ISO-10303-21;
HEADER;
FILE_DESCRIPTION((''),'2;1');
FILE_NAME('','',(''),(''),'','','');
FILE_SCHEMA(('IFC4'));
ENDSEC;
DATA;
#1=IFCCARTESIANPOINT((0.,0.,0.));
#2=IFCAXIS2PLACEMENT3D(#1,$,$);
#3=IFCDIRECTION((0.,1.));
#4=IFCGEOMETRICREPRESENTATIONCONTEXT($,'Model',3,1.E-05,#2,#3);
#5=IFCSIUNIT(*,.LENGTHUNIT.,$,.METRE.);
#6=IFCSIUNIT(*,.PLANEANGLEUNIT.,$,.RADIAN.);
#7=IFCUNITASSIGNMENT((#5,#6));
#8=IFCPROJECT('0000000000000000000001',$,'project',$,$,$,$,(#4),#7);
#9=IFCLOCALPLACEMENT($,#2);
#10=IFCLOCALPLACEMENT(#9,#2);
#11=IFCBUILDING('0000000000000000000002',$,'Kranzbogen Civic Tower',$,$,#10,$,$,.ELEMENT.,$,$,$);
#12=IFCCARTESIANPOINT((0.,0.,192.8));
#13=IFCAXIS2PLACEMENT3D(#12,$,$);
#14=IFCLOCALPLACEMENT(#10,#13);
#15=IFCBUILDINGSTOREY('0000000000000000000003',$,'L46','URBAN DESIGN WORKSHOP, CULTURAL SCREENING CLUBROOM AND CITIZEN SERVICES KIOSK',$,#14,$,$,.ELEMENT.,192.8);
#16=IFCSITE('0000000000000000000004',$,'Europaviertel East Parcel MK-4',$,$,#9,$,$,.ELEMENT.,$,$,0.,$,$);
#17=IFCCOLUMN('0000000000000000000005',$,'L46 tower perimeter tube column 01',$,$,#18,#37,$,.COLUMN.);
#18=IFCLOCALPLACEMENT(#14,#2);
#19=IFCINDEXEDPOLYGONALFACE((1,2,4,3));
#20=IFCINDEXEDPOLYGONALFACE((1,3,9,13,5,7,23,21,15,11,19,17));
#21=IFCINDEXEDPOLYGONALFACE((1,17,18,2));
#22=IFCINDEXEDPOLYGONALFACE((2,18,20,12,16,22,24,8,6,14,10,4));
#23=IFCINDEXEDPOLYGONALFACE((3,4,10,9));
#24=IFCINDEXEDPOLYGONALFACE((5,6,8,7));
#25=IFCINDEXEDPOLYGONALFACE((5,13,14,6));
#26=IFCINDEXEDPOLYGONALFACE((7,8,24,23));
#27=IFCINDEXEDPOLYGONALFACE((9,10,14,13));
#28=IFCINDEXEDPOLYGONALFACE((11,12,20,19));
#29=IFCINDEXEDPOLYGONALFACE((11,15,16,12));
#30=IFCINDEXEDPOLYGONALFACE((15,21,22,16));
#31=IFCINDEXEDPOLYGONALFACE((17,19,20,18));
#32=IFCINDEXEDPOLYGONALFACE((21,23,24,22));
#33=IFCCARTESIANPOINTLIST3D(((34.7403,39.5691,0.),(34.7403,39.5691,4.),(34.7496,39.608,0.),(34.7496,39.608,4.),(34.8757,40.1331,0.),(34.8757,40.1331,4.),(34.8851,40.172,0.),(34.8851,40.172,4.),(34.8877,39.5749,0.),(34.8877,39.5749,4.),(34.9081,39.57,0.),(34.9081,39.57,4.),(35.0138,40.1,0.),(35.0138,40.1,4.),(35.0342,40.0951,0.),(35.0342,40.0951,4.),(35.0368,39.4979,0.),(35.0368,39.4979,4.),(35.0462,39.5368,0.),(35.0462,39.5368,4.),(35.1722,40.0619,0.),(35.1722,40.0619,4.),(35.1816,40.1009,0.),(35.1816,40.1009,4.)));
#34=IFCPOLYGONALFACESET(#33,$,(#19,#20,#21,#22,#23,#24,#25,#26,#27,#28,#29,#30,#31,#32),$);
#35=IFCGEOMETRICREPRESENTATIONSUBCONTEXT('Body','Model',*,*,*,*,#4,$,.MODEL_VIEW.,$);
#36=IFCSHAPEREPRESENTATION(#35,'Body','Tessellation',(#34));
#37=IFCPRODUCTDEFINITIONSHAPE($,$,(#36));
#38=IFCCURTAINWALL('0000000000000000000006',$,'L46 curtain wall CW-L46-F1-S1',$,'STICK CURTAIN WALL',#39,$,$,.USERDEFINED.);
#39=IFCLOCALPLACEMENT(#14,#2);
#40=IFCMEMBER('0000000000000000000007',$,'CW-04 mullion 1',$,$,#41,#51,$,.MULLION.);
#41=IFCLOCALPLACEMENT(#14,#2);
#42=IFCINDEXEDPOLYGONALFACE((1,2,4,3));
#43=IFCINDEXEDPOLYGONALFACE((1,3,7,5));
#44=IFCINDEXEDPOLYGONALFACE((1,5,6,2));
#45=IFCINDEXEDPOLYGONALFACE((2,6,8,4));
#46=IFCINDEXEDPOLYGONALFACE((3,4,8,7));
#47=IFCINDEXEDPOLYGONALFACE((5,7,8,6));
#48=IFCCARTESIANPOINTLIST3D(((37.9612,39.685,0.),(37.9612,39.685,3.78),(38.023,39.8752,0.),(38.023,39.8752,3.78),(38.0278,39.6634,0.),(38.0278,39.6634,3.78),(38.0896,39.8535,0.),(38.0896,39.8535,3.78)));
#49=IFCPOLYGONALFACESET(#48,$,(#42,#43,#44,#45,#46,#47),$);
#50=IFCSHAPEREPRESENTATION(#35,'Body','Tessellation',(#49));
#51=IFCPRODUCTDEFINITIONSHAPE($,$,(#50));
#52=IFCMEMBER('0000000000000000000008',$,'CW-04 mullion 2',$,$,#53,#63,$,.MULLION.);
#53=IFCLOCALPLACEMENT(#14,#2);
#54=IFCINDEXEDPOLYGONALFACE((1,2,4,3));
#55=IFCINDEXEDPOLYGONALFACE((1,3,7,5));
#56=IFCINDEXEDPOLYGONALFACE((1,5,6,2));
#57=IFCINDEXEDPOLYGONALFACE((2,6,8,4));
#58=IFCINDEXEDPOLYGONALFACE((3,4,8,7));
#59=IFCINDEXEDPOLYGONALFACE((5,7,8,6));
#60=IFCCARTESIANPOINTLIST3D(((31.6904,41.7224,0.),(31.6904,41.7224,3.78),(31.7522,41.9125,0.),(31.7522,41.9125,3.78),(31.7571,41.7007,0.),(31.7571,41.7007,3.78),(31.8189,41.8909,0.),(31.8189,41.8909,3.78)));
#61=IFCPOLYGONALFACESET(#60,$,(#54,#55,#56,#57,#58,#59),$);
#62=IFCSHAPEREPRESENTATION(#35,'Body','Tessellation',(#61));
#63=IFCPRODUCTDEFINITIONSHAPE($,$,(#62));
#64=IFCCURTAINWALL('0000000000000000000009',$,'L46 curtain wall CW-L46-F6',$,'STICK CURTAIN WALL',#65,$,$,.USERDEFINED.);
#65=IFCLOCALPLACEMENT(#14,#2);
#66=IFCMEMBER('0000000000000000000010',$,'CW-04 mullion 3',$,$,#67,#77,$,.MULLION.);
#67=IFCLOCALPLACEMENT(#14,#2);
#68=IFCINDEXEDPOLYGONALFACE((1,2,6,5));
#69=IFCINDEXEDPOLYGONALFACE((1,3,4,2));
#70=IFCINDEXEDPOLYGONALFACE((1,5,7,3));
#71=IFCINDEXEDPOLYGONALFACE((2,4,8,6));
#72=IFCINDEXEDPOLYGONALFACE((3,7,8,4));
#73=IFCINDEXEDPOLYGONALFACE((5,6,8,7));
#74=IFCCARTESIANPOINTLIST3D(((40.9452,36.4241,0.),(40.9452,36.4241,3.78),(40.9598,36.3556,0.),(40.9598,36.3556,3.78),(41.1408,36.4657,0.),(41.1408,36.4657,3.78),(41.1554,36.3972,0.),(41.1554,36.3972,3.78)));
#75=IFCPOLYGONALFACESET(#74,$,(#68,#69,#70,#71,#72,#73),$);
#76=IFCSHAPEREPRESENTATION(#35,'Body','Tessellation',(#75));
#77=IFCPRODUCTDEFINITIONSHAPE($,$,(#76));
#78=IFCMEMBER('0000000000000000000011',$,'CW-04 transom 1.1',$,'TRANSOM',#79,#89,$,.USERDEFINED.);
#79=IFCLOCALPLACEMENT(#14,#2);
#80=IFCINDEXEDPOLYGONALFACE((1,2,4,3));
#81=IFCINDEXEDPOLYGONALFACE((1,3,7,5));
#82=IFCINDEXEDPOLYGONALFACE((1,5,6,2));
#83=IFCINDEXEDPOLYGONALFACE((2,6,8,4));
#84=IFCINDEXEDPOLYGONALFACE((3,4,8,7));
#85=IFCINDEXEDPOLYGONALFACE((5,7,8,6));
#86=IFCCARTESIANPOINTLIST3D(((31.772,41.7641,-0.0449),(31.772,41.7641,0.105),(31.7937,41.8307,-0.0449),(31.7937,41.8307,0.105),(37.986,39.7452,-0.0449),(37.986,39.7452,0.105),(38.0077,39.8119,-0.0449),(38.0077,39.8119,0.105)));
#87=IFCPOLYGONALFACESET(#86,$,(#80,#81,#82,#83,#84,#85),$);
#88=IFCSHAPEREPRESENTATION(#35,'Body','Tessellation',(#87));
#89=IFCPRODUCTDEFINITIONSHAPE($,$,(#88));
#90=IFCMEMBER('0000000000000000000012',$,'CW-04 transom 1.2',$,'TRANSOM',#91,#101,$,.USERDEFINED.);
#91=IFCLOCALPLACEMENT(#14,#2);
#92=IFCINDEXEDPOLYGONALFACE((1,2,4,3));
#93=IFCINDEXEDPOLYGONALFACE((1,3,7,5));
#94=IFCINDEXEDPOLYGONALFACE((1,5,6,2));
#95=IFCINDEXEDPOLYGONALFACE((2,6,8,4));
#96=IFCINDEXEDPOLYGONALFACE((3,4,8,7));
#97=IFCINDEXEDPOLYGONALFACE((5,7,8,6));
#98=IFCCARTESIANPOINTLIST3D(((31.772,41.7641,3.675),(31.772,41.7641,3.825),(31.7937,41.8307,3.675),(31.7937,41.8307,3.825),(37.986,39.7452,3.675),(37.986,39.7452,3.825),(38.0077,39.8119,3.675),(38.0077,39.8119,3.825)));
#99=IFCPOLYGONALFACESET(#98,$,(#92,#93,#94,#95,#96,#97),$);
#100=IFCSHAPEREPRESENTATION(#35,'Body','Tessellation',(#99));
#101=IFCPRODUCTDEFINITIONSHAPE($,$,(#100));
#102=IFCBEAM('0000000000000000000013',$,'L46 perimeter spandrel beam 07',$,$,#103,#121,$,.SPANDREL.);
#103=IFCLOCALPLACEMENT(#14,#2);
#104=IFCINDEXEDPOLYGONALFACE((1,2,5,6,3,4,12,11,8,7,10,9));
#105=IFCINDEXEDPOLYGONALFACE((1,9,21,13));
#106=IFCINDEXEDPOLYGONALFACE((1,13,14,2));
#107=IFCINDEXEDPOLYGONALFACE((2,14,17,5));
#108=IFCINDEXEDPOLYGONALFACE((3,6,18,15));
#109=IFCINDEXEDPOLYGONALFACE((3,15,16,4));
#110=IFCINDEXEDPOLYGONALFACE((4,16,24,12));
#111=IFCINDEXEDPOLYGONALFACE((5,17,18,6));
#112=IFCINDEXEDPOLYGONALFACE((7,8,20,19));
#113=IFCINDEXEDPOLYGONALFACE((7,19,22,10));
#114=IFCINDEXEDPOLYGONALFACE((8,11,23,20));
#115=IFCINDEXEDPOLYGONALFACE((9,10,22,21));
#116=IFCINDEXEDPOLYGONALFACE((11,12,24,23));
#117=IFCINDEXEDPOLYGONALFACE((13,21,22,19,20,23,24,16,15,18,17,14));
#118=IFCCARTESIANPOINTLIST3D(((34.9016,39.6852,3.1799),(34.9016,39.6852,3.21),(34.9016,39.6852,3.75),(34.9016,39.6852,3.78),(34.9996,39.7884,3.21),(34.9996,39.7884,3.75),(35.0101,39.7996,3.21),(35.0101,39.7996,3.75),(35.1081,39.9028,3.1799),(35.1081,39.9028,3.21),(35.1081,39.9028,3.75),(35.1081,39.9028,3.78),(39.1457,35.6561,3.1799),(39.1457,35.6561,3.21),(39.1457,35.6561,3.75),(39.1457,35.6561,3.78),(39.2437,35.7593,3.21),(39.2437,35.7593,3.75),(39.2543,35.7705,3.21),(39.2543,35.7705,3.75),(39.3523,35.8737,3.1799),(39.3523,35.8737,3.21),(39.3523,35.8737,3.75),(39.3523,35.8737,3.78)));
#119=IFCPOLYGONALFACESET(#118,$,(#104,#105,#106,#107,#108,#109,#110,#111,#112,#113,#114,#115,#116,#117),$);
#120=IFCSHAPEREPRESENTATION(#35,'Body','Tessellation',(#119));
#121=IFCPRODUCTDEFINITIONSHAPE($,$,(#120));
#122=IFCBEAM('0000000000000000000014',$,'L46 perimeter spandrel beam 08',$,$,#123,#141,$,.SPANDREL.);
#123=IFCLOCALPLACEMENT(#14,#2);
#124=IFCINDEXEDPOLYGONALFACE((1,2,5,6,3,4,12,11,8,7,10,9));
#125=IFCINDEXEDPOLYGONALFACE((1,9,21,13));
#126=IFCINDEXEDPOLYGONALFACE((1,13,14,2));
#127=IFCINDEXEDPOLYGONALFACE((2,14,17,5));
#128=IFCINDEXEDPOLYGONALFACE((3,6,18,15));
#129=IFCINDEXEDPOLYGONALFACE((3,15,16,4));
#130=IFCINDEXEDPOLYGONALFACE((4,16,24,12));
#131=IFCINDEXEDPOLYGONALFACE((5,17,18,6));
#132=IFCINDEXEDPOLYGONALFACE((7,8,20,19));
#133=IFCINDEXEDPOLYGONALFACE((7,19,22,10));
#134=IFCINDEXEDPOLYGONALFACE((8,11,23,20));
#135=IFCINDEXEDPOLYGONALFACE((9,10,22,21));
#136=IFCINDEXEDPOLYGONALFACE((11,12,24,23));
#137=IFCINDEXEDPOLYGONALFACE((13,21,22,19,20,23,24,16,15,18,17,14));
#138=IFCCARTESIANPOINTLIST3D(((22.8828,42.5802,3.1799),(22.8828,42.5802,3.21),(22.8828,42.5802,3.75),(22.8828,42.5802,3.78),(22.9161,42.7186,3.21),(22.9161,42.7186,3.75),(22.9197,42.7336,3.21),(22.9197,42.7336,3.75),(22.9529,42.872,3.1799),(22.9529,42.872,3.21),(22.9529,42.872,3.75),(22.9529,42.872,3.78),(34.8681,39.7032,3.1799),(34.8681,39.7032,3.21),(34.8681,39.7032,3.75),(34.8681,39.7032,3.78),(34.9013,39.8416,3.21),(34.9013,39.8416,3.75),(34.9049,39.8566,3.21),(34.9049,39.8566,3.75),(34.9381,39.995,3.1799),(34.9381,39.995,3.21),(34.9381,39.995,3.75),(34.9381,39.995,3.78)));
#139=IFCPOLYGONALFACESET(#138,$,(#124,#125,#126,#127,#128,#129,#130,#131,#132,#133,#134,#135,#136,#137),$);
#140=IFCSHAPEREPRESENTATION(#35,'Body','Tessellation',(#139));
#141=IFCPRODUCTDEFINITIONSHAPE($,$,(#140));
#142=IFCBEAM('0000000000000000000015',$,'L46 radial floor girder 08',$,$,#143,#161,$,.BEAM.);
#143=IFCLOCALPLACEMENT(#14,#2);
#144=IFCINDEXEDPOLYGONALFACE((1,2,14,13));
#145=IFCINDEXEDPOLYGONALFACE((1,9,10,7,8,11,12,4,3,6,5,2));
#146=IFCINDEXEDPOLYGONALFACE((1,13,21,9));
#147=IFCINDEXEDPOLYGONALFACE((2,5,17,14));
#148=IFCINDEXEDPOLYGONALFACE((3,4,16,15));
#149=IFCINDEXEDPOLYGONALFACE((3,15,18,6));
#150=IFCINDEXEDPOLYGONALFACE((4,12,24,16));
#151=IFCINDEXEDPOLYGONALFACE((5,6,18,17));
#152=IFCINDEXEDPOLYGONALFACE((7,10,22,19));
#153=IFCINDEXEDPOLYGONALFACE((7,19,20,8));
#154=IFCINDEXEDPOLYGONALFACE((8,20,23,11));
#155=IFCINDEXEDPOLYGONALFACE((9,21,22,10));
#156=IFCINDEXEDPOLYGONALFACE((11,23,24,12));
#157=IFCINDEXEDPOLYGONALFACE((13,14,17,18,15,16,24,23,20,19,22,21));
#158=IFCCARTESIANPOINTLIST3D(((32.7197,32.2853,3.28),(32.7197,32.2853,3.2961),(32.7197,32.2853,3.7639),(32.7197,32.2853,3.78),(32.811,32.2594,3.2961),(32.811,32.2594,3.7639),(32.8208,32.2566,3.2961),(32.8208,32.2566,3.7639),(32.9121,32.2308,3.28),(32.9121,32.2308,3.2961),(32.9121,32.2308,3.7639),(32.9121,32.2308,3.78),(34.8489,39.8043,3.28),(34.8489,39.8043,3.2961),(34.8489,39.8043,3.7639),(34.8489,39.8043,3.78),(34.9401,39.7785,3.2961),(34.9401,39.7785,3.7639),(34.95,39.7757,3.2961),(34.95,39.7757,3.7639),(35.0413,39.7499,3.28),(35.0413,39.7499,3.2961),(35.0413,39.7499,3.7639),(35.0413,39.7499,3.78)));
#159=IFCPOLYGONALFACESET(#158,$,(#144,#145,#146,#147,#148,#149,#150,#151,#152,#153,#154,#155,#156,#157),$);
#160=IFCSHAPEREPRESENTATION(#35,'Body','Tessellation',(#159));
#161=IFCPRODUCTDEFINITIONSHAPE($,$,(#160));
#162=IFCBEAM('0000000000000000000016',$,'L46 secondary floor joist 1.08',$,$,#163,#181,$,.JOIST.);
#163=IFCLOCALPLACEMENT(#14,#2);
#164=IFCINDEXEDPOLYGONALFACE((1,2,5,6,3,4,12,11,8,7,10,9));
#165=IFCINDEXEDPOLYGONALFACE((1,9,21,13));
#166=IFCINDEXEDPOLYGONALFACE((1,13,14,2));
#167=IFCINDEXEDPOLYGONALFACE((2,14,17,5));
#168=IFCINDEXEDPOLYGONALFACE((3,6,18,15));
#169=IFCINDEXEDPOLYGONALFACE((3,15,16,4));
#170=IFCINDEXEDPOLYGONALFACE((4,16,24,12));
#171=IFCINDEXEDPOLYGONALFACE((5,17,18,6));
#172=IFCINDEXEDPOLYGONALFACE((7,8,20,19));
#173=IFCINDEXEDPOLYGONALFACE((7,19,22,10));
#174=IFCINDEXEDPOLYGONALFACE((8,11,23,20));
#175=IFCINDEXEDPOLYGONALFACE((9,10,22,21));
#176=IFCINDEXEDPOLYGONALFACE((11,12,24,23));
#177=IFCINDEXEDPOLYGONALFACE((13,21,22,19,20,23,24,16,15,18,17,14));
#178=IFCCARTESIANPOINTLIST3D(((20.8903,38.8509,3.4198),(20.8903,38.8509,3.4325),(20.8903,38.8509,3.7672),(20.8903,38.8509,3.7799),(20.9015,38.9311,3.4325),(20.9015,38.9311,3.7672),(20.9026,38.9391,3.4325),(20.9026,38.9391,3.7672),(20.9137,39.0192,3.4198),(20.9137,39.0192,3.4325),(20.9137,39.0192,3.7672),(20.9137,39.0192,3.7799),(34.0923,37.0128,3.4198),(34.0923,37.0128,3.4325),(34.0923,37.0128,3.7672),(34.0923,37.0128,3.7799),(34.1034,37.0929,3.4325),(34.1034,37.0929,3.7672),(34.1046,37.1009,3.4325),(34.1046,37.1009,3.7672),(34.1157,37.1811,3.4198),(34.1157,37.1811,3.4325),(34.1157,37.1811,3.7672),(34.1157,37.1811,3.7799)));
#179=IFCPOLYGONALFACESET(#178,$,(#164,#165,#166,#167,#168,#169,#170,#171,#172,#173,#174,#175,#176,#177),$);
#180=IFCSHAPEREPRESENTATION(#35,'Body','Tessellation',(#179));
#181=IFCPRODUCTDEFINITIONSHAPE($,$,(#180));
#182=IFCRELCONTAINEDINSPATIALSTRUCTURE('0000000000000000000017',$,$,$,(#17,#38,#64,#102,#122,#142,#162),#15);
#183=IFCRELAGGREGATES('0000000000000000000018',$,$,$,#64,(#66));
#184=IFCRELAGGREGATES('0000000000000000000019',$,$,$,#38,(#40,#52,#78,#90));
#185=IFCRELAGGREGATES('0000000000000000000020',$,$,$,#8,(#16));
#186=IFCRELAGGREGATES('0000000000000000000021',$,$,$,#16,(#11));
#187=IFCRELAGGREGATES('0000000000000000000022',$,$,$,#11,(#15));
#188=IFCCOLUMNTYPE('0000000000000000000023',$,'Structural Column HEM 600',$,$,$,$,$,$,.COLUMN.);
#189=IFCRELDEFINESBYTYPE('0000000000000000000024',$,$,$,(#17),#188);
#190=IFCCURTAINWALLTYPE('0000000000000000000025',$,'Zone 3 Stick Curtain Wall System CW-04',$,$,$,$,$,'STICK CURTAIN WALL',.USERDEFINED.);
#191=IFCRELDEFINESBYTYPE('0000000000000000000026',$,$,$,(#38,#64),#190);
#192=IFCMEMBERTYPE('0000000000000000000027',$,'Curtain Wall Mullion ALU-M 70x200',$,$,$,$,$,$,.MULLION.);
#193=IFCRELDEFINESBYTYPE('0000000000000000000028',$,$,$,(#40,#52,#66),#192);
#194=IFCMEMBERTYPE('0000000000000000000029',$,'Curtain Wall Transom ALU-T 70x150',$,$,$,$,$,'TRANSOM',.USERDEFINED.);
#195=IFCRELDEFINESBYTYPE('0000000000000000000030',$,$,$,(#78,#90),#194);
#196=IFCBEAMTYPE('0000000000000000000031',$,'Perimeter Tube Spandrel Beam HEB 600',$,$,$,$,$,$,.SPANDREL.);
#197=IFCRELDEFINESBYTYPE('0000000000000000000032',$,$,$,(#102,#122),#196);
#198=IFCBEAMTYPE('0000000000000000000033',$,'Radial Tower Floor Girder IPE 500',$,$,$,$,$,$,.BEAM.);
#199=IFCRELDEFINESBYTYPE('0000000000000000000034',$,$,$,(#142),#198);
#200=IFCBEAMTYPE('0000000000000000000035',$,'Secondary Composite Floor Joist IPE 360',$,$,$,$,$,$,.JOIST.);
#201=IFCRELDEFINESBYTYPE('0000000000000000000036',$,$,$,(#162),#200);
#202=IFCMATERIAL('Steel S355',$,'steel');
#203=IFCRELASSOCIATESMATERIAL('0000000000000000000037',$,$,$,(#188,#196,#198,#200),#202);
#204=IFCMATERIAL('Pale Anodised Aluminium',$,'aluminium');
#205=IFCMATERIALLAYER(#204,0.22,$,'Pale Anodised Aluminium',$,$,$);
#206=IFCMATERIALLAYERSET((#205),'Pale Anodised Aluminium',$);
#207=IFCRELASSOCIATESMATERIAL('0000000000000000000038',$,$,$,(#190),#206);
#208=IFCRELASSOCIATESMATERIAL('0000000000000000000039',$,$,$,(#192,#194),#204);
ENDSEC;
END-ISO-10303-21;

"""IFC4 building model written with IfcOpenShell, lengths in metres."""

from ifc_helpers import new_model, si_unit, direction, frame, origin, origin_2d, place, context, subcontext, project, spatial, rectangle, i_section, extrude, material, layer, layer_set, material_profile, profile_set, type_object, element, aggregate, save


model = new_model("IFC4")

# Units and contexts
model_context = context("Model", 3, precision=1e-05, world=origin(), true_north=direction((0.0, 1.0)))
body_context = subcontext(model_context, "Body", "Model", "MODEL_VIEW")
ifc_project = project(units=[si_unit("LENGTHUNIT", "METRE"), si_unit("PLANEANGLEUNIT", "RADIAN")], contexts=[model_context])

# Site, building, storey
site_placement = place(None, origin())
site = spatial("IfcSite", under=ifc_project, at=site_placement, Name="Europaviertel East Parcel MK-4", CompositionType="ELEMENT", RefElevation=0.0)
building_placement = place(site_placement, origin())
building = spatial("IfcBuilding", under=site, at=building_placement, Name="Kranzbogen Civic Tower", CompositionType="ELEMENT")
storey_placement = place(building_placement, frame((0.0, 0.0, 192.8)))
storey = spatial("IfcBuildingStorey", under=building, at=storey_placement, Name="L46", Description="URBAN DESIGN WORKSHOP, CULTURAL SCREENING CLUBROOM AND CITIZEN SERVICES KIOSK", CompositionType="ELEMENT", Elevation=192.8)

# Column
ifc_material_1 = material(Name="Steel S355", Category="steel")
ifc_material_profile_1 = material_profile(ifc_material_1, i_section(OverallWidth=0.3049, OverallDepth=0.6201, WebThickness=0.021, FlangeThickness=0.04, at=origin_2d()), Name="HEM 600")
ifc_profile_set_1 = profile_set([ifc_material_profile_1], Name="Steel S355")
column_type = type_object("IfcColumnType", Name="Structural Column HEM 600", PredefinedType="COLUMN", material=ifc_profile_set_1)
column_placement = place(storey_placement, frame((34.9609, 39.835, 0.0), z_axis=(0.0, 0.0, 1.0), x_axis=(-0.97237, 0.233445, 0.0)))
element("IfcColumn", 1, at=column_placement, inside=storey, type_object=column_type, Name="L46 tower perimeter tube column 01", PredefinedType="COLUMN", context=body_context, shape_type="SweptSolid", body=[
    extrude(i_section(OverallWidth=0.3049, OverallDepth=0.6201, WebThickness=0.021, FlangeThickness=0.04, at=origin_2d()), origin(), (0.0, 0.0, 1.0), 4.0),
])

# Curtain wall, members
ifc_material_2 = material(Name="Pale Anodised Aluminium", Category="aluminium")
ifc_layer_1 = layer(ifc_material_2, 0.22, Name="Pale Anodised Aluminium")
ifc_layer_set_1 = layer_set([ifc_layer_1], Name="Pale Anodised Aluminium")
curtain_wall_type = type_object("IfcCurtainWallType", Name="Zone 3 Stick Curtain Wall System CW-04", ElementType="STICK CURTAIN WALL", PredefinedType="USERDEFINED", material=ifc_layer_set_1)
curtain_wall_1_placement = place(storey_placement, origin())
curtain_wall_1 = element("IfcCurtainWall", 2, at=curtain_wall_1_placement, inside=storey, type_object=curtain_wall_type, Name="L46 curtain wall CW-L46-F1-S1", ObjectType="STICK CURTAIN WALL", PredefinedType="USERDEFINED")
ifc_material_profile_2 = material_profile(ifc_material_2, rectangle(XDim=0.0701, YDim=0.2, at=origin_2d()), Name="ALU-M 70x200")
ifc_profile_set_2 = profile_set([ifc_material_profile_2], Name="Pale Anodised Aluminium")
member_type_1 = type_object("IfcMemberType", Name="Curtain Wall Mullion ALU-M 70x200", PredefinedType="MULLION", material=ifc_profile_set_2)
member_1_placement = place(storey_placement, frame((38.0254, 39.7693, 0.0), z_axis=(0.0, 0.0, 1.0), x_axis=(-0.951061, 0.309005, 0.0)))
member_1 = element("IfcMember", 3, at=member_1_placement, type_object=member_type_1, Name="CW-04 mullion 1", PredefinedType="MULLION", context=body_context, shape_type="SweptSolid", body=[
    extrude(rectangle(XDim=0.0701, YDim=0.2, at=origin_2d()), origin(), (0.0, 0.0, 1.0), 3.78),
])
member_2_placement = place(storey_placement, frame((31.7546, 41.8066, 0.0), z_axis=(0.0, 0.0, 1.0), x_axis=(-0.951061, 0.309005, 0.0)))
member_2 = element("IfcMember", 4, at=member_2_placement, type_object=member_type_1, Name="CW-04 mullion 2", PredefinedType="MULLION", context=body_context, shape_type="SweptSolid", body=[
    extrude(rectangle(XDim=0.0701, YDim=0.2, at=origin_2d()), origin(), (0.0, 0.0, 1.0), 3.78),
])

# Curtain wall, member
curtain_wall_2_placement = place(storey_placement, origin())
curtain_wall_2 = element("IfcCurtainWall", 5, at=curtain_wall_2_placement, inside=storey, type_object=curtain_wall_type, Name="L46 curtain wall CW-L46-F6", ObjectType="STICK CURTAIN WALL", PredefinedType="USERDEFINED")
member_3_placement = place(storey_placement, frame((41.0503, 36.4106, 0.0), z_axis=(0.0, 0.0, 1.0), x_axis=(-0.207916, 0.978147, 0.0)))
member_3 = element("IfcMember", 6, at=member_3_placement, type_object=member_type_1, Name="CW-04 mullion 3", PredefinedType="MULLION", context=body_context, shape_type="SweptSolid", body=[
    extrude(rectangle(XDim=0.0701, YDim=0.2, at=origin_2d()), origin(), (0.0, 0.0, 1.0), 3.78),
])
aggregate(curtain_wall_2, [member_3])

# Members
ifc_material_profile_3 = material_profile(ifc_material_2, rectangle(XDim=0.0701, YDim=0.1499, at=origin_2d()), Name="ALU-T 70x150")
ifc_profile_set_3 = profile_set([ifc_material_profile_3], Name="Pale Anodised Aluminium")
member_type_2 = type_object("IfcMemberType", Name="Curtain Wall Transom ALU-T 70x150", ElementType="TRANSOM", PredefinedType="USERDEFINED", material=ifc_profile_set_3)
member_4_placement = place(storey_placement, frame((37.9968, 39.7786, 0.03), z_axis=(-0.951066, 0.308988, 0.0), x_axis=(-0.308988, -0.951066, 0.0)))
member_4 = element("IfcMember", 7, at=member_4_placement, type_object=member_type_2, Name="CW-04 transom 1.1", ObjectType="TRANSOM", PredefinedType="USERDEFINED", context=body_context, shape_type="SweptSolid", body=[
    extrude(rectangle(XDim=0.0701, YDim=0.1499, at=origin_2d()), origin(), (0.0, 0.0, 1.0), 6.5337),
])
member_5_placement = place(storey_placement, frame((37.9968, 39.7786, 3.75), z_axis=(-0.951066, 0.308988, 0.0), x_axis=(-0.308988, -0.951066, 0.0)))
member_5 = element("IfcMember", 8, at=member_5_placement, type_object=member_type_2, Name="CW-04 transom 1.2", ObjectType="TRANSOM", PredefinedType="USERDEFINED", context=body_context, shape_type="SweptSolid", body=[
    extrude(rectangle(XDim=0.0701, YDim=0.1499, at=origin_2d()), origin(), (0.0, 0.0, 1.0), 6.5337),
])

# Beams
ifc_material_profile_4 = material_profile(ifc_material_1, i_section(OverallWidth=0.3, OverallDepth=0.6001, WebThickness=0.0154, FlangeThickness=0.03, at=origin_2d()), Name="HEB 600")
ifc_profile_set_4 = profile_set([ifc_material_profile_4], Name="Steel S355")
beam_type_1 = type_object("IfcBeamType", Name="Perimeter Tube Spandrel Beam HEB 600", PredefinedType="SPANDREL", material=ifc_profile_set_4)
beam_1_placement = place(storey_placement, frame((39.249, 35.7649, 3.48), z_axis=(-0.725245, 0.688491, 0.0), x_axis=(-0.688491, -0.725245, 0.0)))
element("IfcBeam", 9, at=beam_1_placement, inside=storey, type_object=beam_type_1, Name="L46 perimeter spandrel beam 07", PredefinedType="SPANDREL", context=body_context, shape_type="SweptSolid", body=[
    extrude(i_section(OverallWidth=0.3, OverallDepth=0.6001, WebThickness=0.0154, FlangeThickness=0.03, at=origin_2d()), origin(), (0.0, 0.0, 1.0), 5.8521),
])
beam_2_placement = place(storey_placement, frame((34.9031, 39.8491, 3.48), z_axis=(-0.972378, 0.233413, 0.0), x_axis=(-0.233413, -0.972378, 0.0)))
element("IfcBeam", 10, at=beam_2_placement, inside=storey, type_object=beam_type_1, Name="L46 perimeter spandrel beam 08", PredefinedType="SPANDREL", context=body_context, shape_type="SweptSolid", body=[
    extrude(i_section(OverallWidth=0.3, OverallDepth=0.6001, WebThickness=0.0154, FlangeThickness=0.03, at=origin_2d()), origin(), (0.0, 0.0, 1.0), 12.3257),
])
ifc_material_profile_5 = material_profile(ifc_material_1, i_section(OverallWidth=0.2, OverallDepth=0.5, WebThickness=0.0103, FlangeThickness=0.0161, at=origin_2d()), Name="IPE 500")
ifc_profile_set_5 = profile_set([ifc_material_profile_5], Name="Steel S355")
beam_type_2 = type_object("IfcBeamType", Name="Radial Tower Floor Girder IPE 500", PredefinedType="BEAM", material=ifc_profile_set_5)
beam_3_placement = place(storey_placement, frame((34.9451, 39.7771, 3.53), z_axis=(-0.272455, -0.962169, 0.0), x_axis=(0.962169, -0.272455, 0.0)))
element("IfcBeam", 11, at=beam_3_placement, inside=storey, type_object=beam_type_2, Name="L46 radial floor girder 08", PredefinedType="BEAM", context=body_context, shape_type="SweptSolid", body=[
    extrude(i_section(OverallWidth=0.2, OverallDepth=0.5, WebThickness=0.0103, FlangeThickness=0.0161, at=origin_2d()), origin(), (0.0, 0.0, 1.0), 7.8147),
])
ifc_material_profile_6 = material_profile(ifc_material_1, i_section(OverallWidth=0.1699, OverallDepth=0.3601, WebThickness=0.0081, FlangeThickness=0.0127, at=origin_2d()), Name="IPE 360")
ifc_profile_set_6 = profile_set([ifc_material_profile_6], Name="Steel S355")
beam_type_3 = type_object("IfcBeamType", Name="Secondary Composite Floor Joist IPE 360", PredefinedType="JOIST", material=ifc_profile_set_6)
beam_4_placement = place(storey_placement, frame((34.104, 37.0969, 3.5999), z_axis=(-0.990446, 0.137902, 0.0), x_axis=(-0.137902, -0.990446, 0.0)))
element("IfcBeam", 12, at=beam_4_placement, inside=storey, type_object=beam_type_3, Name="L46 secondary floor joist 1.08", PredefinedType="JOIST", context=body_context, shape_type="SweptSolid", body=[
    extrude(i_section(OverallWidth=0.1699, OverallDepth=0.3601, WebThickness=0.0081, FlangeThickness=0.0127, at=origin_2d()), origin(), (0.0, 0.0, 1.0), 13.3293),
])

aggregate(curtain_wall_1, [member_1, member_2, member_4, member_5])

save(model, "model.ifc")
